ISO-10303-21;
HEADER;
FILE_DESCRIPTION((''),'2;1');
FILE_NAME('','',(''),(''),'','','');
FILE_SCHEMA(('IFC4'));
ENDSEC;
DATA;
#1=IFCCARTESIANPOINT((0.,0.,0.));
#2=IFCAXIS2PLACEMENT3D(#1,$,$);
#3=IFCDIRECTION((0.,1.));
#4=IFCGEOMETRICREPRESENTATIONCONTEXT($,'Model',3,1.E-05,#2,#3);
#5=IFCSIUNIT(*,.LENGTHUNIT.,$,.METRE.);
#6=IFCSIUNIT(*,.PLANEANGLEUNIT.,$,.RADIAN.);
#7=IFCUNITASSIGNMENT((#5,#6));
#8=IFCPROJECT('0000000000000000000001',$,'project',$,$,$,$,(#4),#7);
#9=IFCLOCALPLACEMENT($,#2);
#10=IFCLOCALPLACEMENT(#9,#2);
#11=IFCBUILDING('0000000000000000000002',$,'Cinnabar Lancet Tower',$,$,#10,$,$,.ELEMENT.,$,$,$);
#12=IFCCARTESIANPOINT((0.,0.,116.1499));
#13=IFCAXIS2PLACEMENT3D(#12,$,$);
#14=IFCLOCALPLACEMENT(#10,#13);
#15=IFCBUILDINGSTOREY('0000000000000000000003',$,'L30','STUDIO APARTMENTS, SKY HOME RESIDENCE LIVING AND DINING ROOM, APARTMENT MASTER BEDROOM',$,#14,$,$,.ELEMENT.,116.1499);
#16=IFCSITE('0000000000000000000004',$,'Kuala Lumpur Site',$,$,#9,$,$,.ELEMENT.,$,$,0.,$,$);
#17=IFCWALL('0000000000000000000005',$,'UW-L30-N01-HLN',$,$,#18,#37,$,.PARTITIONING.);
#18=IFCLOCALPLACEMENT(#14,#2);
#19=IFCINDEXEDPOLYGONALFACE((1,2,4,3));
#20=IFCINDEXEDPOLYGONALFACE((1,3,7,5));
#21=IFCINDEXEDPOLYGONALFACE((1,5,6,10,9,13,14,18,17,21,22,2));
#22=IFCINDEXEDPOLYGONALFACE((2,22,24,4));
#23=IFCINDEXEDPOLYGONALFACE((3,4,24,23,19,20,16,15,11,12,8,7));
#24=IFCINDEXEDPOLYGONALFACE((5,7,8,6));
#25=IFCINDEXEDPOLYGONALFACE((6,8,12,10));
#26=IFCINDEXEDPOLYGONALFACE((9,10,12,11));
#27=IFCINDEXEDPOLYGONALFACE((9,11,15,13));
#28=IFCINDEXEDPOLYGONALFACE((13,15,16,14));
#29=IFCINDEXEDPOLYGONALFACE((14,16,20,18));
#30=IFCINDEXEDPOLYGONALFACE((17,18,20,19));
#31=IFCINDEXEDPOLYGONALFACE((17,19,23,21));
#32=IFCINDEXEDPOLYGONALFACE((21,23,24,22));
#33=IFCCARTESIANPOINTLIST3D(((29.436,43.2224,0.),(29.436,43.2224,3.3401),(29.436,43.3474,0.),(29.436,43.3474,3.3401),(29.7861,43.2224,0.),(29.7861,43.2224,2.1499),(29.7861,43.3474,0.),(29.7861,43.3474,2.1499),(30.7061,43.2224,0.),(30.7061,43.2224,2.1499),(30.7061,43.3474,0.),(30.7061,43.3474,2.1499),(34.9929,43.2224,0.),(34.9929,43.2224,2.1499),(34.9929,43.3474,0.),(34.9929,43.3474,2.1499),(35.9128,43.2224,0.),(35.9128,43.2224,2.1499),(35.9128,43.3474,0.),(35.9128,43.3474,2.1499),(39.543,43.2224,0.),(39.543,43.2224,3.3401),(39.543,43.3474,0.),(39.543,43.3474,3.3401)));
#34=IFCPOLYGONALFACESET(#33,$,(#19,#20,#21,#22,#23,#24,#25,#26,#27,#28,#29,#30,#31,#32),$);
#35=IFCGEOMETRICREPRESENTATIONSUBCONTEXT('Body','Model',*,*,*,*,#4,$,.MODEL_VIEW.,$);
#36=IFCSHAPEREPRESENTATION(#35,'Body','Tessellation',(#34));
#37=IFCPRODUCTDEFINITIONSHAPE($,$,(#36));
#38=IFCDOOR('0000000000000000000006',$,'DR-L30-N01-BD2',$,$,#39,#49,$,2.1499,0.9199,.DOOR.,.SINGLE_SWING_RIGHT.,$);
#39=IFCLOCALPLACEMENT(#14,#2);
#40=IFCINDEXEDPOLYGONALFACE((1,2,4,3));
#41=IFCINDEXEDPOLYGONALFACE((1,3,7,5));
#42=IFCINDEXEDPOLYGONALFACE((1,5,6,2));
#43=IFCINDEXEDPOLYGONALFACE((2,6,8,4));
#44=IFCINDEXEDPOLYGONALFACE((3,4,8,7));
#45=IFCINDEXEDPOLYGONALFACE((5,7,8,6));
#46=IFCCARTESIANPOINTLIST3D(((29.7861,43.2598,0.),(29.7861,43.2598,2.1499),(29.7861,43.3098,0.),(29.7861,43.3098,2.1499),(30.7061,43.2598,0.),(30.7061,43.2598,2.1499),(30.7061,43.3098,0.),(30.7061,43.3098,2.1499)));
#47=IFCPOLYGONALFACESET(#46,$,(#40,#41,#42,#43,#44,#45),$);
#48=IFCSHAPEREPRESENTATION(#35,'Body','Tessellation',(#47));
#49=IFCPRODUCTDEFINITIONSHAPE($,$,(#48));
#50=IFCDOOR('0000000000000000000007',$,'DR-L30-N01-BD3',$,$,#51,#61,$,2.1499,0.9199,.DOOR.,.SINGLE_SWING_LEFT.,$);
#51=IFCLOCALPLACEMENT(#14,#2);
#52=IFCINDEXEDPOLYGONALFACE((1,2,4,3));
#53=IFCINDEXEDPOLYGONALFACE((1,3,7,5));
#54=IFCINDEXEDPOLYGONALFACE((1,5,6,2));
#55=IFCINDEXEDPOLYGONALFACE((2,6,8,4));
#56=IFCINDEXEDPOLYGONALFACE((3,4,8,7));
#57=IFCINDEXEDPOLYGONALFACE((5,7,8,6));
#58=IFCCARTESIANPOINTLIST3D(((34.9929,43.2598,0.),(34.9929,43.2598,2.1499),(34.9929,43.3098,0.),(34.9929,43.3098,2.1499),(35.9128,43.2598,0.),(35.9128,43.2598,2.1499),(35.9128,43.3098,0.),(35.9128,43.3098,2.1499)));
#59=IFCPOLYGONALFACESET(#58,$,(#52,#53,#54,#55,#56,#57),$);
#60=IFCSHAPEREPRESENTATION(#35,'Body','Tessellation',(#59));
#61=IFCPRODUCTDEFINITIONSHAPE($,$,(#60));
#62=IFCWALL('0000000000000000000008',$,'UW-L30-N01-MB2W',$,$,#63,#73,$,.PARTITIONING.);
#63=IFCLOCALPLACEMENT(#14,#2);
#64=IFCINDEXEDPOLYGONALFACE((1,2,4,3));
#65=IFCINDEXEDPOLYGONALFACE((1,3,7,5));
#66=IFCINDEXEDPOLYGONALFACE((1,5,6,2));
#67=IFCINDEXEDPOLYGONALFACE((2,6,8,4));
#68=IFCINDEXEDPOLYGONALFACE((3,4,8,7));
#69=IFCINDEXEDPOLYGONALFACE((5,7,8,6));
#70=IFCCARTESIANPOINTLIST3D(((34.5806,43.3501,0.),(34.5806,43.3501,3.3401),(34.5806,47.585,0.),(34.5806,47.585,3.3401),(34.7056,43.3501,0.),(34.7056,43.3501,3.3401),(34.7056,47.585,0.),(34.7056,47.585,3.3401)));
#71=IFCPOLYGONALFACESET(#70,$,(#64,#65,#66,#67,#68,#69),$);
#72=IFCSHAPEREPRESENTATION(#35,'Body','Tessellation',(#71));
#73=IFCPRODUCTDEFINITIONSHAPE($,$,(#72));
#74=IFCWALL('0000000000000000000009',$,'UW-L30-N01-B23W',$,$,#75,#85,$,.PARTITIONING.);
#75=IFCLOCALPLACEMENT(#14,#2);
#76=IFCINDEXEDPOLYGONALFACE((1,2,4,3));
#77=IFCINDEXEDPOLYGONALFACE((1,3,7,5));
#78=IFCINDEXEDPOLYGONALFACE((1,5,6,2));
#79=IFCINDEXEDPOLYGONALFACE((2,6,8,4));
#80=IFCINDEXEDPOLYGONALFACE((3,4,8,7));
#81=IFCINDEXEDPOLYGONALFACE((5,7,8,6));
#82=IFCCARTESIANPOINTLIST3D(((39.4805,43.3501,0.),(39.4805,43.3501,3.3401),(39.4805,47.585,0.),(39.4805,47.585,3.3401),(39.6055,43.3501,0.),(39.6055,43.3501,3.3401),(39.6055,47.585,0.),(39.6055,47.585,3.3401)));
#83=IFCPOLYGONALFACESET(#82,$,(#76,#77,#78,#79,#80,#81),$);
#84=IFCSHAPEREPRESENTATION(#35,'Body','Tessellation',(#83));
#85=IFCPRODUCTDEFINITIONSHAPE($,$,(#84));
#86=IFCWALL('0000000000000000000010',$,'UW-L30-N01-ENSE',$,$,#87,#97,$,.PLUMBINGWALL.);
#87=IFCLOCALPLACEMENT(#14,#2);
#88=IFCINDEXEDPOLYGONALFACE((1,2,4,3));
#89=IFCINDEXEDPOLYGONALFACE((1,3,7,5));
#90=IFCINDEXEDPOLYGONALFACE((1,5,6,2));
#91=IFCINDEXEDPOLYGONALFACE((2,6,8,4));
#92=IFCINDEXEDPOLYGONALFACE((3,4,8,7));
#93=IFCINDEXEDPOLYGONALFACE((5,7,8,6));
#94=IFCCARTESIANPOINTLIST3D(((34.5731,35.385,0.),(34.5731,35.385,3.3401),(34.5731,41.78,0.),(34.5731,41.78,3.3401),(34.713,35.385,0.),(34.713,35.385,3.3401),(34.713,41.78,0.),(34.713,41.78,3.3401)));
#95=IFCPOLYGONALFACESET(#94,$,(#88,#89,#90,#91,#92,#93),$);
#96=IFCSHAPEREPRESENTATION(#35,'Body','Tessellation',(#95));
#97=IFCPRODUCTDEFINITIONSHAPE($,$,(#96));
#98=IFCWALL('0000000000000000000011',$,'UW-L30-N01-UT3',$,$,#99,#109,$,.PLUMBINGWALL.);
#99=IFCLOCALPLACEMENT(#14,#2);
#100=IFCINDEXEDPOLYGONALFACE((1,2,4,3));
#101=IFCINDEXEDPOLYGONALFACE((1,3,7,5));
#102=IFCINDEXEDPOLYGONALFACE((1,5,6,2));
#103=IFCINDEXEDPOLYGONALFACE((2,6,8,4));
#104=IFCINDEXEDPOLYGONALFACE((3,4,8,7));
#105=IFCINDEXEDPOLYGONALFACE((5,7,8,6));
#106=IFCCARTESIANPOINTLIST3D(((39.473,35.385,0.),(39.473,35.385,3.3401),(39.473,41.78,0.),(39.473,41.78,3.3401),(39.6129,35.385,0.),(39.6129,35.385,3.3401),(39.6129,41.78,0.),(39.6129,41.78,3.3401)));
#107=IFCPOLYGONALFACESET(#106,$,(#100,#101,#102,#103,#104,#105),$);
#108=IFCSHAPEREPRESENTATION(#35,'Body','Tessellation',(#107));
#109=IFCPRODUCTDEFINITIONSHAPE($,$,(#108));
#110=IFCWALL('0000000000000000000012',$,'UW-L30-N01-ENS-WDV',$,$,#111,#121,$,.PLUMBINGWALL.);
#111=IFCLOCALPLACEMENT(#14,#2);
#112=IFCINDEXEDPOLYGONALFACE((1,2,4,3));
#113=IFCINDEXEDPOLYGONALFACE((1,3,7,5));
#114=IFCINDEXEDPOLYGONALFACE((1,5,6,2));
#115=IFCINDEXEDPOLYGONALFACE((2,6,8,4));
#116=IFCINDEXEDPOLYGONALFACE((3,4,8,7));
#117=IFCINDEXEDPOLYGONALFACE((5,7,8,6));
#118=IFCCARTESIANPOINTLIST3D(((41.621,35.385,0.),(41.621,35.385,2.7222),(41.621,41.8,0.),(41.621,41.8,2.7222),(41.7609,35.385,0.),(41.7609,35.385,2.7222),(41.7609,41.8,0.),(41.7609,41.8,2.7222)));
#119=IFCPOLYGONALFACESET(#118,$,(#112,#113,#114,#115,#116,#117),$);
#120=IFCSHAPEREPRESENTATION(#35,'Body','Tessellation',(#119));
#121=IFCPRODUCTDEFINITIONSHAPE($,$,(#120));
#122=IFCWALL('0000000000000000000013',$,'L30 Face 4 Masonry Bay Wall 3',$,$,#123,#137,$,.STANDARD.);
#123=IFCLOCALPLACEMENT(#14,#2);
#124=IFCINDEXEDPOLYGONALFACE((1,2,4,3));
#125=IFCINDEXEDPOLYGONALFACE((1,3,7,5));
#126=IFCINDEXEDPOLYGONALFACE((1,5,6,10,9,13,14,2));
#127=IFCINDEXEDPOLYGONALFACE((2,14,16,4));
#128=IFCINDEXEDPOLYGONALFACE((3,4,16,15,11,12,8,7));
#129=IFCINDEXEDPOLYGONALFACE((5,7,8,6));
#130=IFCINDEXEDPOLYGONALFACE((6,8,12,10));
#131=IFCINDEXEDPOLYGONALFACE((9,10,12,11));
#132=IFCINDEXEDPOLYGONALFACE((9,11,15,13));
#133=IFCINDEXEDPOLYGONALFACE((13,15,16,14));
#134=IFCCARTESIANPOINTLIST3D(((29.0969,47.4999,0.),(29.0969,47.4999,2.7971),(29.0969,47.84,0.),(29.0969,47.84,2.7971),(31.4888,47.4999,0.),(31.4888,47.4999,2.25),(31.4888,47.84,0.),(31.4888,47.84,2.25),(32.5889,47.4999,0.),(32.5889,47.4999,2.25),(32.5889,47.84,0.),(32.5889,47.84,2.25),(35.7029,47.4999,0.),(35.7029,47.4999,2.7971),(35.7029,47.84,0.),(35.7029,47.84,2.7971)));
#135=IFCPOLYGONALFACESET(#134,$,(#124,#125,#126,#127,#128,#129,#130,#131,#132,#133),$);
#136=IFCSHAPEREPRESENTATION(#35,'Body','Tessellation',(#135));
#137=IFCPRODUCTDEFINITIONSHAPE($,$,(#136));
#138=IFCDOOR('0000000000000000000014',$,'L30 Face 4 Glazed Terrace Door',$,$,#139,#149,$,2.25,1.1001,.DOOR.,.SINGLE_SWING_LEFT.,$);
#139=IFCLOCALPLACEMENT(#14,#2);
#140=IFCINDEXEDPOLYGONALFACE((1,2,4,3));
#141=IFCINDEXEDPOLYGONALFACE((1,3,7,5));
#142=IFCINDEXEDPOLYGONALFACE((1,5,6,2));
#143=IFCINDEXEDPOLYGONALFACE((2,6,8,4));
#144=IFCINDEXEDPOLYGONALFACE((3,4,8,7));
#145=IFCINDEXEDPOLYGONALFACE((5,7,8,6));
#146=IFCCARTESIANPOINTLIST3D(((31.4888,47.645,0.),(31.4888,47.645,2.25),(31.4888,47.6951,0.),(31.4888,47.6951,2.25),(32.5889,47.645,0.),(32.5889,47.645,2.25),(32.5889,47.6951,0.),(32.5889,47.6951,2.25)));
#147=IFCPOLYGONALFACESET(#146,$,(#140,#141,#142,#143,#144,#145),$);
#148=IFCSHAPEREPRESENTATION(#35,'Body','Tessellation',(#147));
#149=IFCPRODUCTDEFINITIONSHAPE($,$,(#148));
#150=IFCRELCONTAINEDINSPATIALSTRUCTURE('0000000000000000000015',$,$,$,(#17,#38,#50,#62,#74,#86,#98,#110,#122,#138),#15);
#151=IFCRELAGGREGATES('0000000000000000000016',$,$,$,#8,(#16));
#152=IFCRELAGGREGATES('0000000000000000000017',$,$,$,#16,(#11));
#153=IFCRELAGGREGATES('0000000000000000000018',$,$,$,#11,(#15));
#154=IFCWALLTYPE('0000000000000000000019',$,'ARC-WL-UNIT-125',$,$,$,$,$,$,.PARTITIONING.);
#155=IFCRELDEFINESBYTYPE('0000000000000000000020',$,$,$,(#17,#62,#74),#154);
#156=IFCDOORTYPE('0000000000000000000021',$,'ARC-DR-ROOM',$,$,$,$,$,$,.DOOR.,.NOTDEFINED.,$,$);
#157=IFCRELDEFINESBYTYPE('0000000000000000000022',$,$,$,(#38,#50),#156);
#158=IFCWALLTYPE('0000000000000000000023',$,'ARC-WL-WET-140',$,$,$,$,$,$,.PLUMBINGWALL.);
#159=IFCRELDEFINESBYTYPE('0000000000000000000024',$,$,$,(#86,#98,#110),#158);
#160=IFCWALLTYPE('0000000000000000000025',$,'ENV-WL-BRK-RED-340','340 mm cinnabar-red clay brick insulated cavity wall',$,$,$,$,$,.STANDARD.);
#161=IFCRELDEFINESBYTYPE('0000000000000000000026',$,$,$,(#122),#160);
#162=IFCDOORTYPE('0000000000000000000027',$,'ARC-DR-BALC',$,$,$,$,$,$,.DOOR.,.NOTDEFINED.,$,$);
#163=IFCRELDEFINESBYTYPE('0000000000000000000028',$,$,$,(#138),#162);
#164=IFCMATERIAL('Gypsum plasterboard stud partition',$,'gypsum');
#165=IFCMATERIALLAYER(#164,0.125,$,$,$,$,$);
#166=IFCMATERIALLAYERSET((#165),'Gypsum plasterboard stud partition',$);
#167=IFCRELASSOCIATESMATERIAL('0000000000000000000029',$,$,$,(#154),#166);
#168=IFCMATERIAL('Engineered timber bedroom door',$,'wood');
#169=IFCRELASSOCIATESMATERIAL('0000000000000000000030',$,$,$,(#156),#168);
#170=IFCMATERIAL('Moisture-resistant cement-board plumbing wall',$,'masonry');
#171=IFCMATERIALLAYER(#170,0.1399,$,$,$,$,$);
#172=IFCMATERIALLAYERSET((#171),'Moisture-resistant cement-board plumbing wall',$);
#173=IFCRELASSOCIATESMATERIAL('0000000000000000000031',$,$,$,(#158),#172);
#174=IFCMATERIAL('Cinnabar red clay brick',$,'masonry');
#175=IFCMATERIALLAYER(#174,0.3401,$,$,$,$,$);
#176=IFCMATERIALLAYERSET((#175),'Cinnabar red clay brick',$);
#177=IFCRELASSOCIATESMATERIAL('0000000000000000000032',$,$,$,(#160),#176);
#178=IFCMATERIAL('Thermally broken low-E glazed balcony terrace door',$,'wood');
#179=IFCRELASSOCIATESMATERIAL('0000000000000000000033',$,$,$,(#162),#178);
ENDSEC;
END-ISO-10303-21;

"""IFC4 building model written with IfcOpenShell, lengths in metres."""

from ifc_helpers import new_model, si_unit, direction, frame, frame_2d, origin, place, context, subcontext, project, spatial, rectangle, extrude, material, layer, layer_set, type_object, element, fill, save


model = new_model("IFC4")

# Units and contexts
model_context = context("Model", 3, precision=1e-05, world=origin(), true_north=direction((0.0, 1.0)))
body_context = subcontext(model_context, "Body", "Model", "MODEL_VIEW")
ifc_project = project(units=[si_unit("LENGTHUNIT", "METRE"), si_unit("PLANEANGLEUNIT", "RADIAN")], contexts=[model_context])

# Site, building, storey
site_placement = place(None, origin())
site = spatial("IfcSite", under=ifc_project, at=site_placement, Name="Kuala Lumpur Site", CompositionType="ELEMENT", RefElevation=0.0)
building_placement = place(site_placement, origin())
building = spatial("IfcBuilding", under=site, at=building_placement, Name="Cinnabar Lancet Tower", CompositionType="ELEMENT")
storey_placement = place(building_placement, frame((0.0, 0.0, 116.1499)))
storey = spatial("IfcBuildingStorey", under=building, at=storey_placement, Name="L30", Description="STUDIO APARTMENTS, SKY HOME RESIDENCE LIVING AND DINING ROOM, APARTMENT MASTER BEDROOM", CompositionType="ELEMENT", Elevation=116.1499)

# Shared definitions
ifc_material_1 = material(Name="Gypsum plasterboard stud partition", Category="gypsum")
ifc_layer_1 = layer(ifc_material_1, 0.125)
ifc_layer_set_1 = layer_set([ifc_layer_1], Name="Gypsum plasterboard stud partition")
wall_type_1 = type_object("IfcWallType", Name="ARC-WL-UNIT-125", PredefinedType="PARTITIONING", material=ifc_layer_set_1)

# Wall, openings, doors
wall_1_placement = place(storey_placement, frame((29.436, 43.2849, 0.0), z_axis=(0.0, 0.0, 1.0), x_axis=(1.0, 0.0, 0.0)))
wall_1 = element("IfcWall", 1, at=wall_1_placement, inside=storey, type_object=wall_type_1, Name="UW-L30-N01-HLN", PredefinedType="PARTITIONING", context=body_context, shape_type="SweptSolid", body=[
    extrude(rectangle(XDim=10.1069, YDim=0.125, at=frame_2d((5.0535, 0.0))), origin(), (0.0, 0.0, 1.0), 3.3401),
])
opening_1_placement = place(wall_1_placement, frame((0.3501, 0.0, 0.0)))
opening_1 = element("IfcOpeningElement", 2, at=opening_1_placement, cuts=wall_1, PredefinedType="OPENING", context=body_context, shape_type="SweptSolid", body=[
    extrude(rectangle(XDim=0.9199, YDim=2.1499, at=frame_2d((0.46, 1.075))), frame((0.0, 0.0725, 0.0), z_axis=(0.0, -1.0, 0.0), x_axis=(1.0, 0.0, 0.0)), (0.0, 0.0, 1.0), 0.145),
])
opening_2_placement = place(wall_1_placement, frame((5.5569, 0.0, 0.0)))
opening_2 = element("IfcOpeningElement", 3, at=opening_2_placement, cuts=wall_1, PredefinedType="OPENING", context=body_context, shape_type="SweptSolid", body=[
    extrude(rectangle(XDim=0.9199, YDim=2.1499, at=frame_2d((0.46, 1.075))), frame((0.0, 0.0725, 0.0), z_axis=(0.0, -1.0, 0.0), x_axis=(1.0, 0.0, 0.0)), (0.0, 0.0, 1.0), 0.145),
])
ifc_material_2 = material(Name="Engineered timber bedroom door", Category="wood")
door_type_1 = type_object("IfcDoorType", Name="ARC-DR-ROOM", OperationType="NOTDEFINED", PredefinedType="DOOR", material=ifc_material_2)
door_1_placement = place(opening_1_placement, origin())
door_1 = element("IfcDoor", 4, at=door_1_placement, inside=storey, type_object=door_type_1, Name="DR-L30-N01-BD2", OperationType="SINGLE_SWING_RIGHT", OverallHeight=2.1499, OverallWidth=0.9199, PredefinedType="DOOR", context=body_context, shape_type="SweptSolid", body=[
    extrude(rectangle(XDim=0.9199, YDim=2.1499, at=frame_2d((0.46, 1.075))), frame((0.0, 0.0249, 0.0), z_axis=(0.0, -1.0, 0.0), x_axis=(1.0, 0.0, 0.0)), (0.0, 0.0, 1.0), 0.05),
])
fill(opening_1, door_1)
door_2_placement = place(opening_2_placement, origin())
door_2 = element("IfcDoor", 5, at=door_2_placement, inside=storey, type_object=door_type_1, Name="DR-L30-N01-BD3", OperationType="SINGLE_SWING_LEFT", OverallHeight=2.1499, OverallWidth=0.9199, PredefinedType="DOOR", context=body_context, shape_type="SweptSolid", body=[
    extrude(rectangle(XDim=0.9199, YDim=2.1499, at=frame_2d((0.46, 1.075))), frame((0.0, 0.0249, 0.0), z_axis=(0.0, -1.0, 0.0), x_axis=(1.0, 0.0, 0.0)), (0.0, 0.0, 1.0), 0.05),
])
fill(opening_2, door_2)

# Walls
for number, where, z_axis, x_axis, name in (
    (6, (34.6431, 43.3501, 0.0), (0.0, 0.0, 1.0), (0.0, 1.0, 0.0), "UW-L30-N01-MB2W"),
    (7, (39.543, 43.3501, 0.0), (0.0, 0.0, 1.0), (0.0, 1.0, 0.0), "UW-L30-N01-B23W"),
):
    element("IfcWall", number, at=place(storey_placement, frame(where, z_axis=z_axis, x_axis=x_axis)), inside=storey, type_object=wall_type_1, Name=name, PredefinedType="PARTITIONING", context=body_context, shape_type="SweptSolid", body=[
        extrude(rectangle(XDim=4.2349, YDim=0.125, at=frame_2d((2.1174, 0.0))), origin(), (0.0, 0.0, 1.0), 3.3401),
    ])
ifc_material_3 = material(Name="Moisture-resistant cement-board plumbing wall", Category="masonry")
ifc_layer_2 = layer(ifc_material_3, 0.1399)
ifc_layer_set_2 = layer_set([ifc_layer_2], Name="Moisture-resistant cement-board plumbing wall")
wall_type_2 = type_object("IfcWallType", Name="ARC-WL-WET-140", PredefinedType="PLUMBINGWALL", material=ifc_layer_set_2)
for number, where, z_axis, x_axis, name in (
    (8, (34.6431, 35.385, 0.0), (0.0, 0.0, 1.0), (0.0, 1.0, 0.0), "UW-L30-N01-ENSE"),
    (9, (39.543, 35.385, 0.0), (0.0, 0.0, 1.0), (0.0, 1.0, 0.0), "UW-L30-N01-UT3"),
):
    element("IfcWall", number, at=place(storey_placement, frame(where, z_axis=z_axis, x_axis=x_axis)), inside=storey, type_object=wall_type_2, Name=name, PredefinedType="PLUMBINGWALL", context=body_context, shape_type="SweptSolid", body=[
        extrude(rectangle(XDim=6.395, YDim=0.1399, at=frame_2d((3.1975, 0.0))), origin(), (0.0, 0.0, 1.0), 3.3401),
    ])
wall_2_placement = place(storey_placement, frame((41.6909, 35.385, 0.0), z_axis=(0.0, 0.0, 1.0), x_axis=(0.0, 1.0, 0.0)))
element("IfcWall", 10, at=wall_2_placement, inside=storey, type_object=wall_type_2, Name="UW-L30-N01-ENS-WDV", PredefinedType="PLUMBINGWALL", context=body_context, shape_type="SweptSolid", body=[
    extrude(rectangle(XDim=6.415, YDim=0.1399, at=frame_2d((3.2075, 0.0))), origin(), (0.0, 0.0, 1.0), 2.7222),
])

# Wall, opening, door
ifc_material_4 = material(Name="Cinnabar red clay brick", Category="masonry")
ifc_layer_3 = layer(ifc_material_4, 0.3401)
ifc_layer_set_3 = layer_set([ifc_layer_3], Name="Cinnabar red clay brick")
wall_type_3 = type_object("IfcWallType", Name="ENV-WL-BRK-RED-340", Description="340 mm cinnabar-red clay brick insulated cavity wall", PredefinedType="STANDARD", material=ifc_layer_set_3)
wall_3_placement = place(storey_placement, frame((35.7029, 47.6699, 0.0), z_axis=(0.0, 0.0, 1.0), x_axis=(-1.0, 0.0, 0.0)))
wall_3 = element("IfcWall", 11, at=wall_3_placement, inside=storey, type_object=wall_type_3, Name="L30 Face 4 Masonry Bay Wall 3", PredefinedType="STANDARD", context=body_context, shape_type="SweptSolid", body=[
    extrude(rectangle(XDim=6.606, YDim=0.3401, at=frame_2d((3.303, 0.0))), origin(), (0.0, 0.0, 1.0), 2.7971),
])
opening_3_placement = place(wall_3_placement, frame((3.114, 0.0, 0.0)))
opening_3 = element("IfcOpeningElement", 12, at=opening_3_placement, cuts=wall_3, PredefinedType="OPENING", context=body_context, shape_type="SweptSolid", body=[
    extrude(rectangle(XDim=1.1001, YDim=2.25, at=frame_2d((0.55, 1.125))), frame((0.0, 0.1799, 0.0), z_axis=(0.0, -1.0, 0.0), x_axis=(1.0, 0.0, 0.0)), (0.0, 0.0, 1.0), 0.3601),
])
ifc_material_5 = material(Name="Thermally broken low-E glazed balcony terrace door", Category="wood")
door_type_2 = type_object("IfcDoorType", Name="ARC-DR-BALC", OperationType="NOTDEFINED", PredefinedType="DOOR", material=ifc_material_5)
door_3_placement = place(opening_3_placement, origin())
door_3 = element("IfcDoor", 13, at=door_3_placement, inside=storey, type_object=door_type_2, Name="L30 Face 4 Glazed Terrace Door", OperationType="SINGLE_SWING_LEFT", OverallHeight=2.25, OverallWidth=1.1001, PredefinedType="DOOR", context=body_context, shape_type="SweptSolid", body=[
    extrude(rectangle(XDim=1.1001, YDim=2.25, at=frame_2d((0.55, 1.125))), frame((0.0, 0.0249, 0.0), z_axis=(0.0, -1.0, 0.0), x_axis=(1.0, 0.0, 0.0)), (0.0, 0.0, 1.0), 0.05),
])
fill(opening_3, door_3)

save(model, "model.ifc")
